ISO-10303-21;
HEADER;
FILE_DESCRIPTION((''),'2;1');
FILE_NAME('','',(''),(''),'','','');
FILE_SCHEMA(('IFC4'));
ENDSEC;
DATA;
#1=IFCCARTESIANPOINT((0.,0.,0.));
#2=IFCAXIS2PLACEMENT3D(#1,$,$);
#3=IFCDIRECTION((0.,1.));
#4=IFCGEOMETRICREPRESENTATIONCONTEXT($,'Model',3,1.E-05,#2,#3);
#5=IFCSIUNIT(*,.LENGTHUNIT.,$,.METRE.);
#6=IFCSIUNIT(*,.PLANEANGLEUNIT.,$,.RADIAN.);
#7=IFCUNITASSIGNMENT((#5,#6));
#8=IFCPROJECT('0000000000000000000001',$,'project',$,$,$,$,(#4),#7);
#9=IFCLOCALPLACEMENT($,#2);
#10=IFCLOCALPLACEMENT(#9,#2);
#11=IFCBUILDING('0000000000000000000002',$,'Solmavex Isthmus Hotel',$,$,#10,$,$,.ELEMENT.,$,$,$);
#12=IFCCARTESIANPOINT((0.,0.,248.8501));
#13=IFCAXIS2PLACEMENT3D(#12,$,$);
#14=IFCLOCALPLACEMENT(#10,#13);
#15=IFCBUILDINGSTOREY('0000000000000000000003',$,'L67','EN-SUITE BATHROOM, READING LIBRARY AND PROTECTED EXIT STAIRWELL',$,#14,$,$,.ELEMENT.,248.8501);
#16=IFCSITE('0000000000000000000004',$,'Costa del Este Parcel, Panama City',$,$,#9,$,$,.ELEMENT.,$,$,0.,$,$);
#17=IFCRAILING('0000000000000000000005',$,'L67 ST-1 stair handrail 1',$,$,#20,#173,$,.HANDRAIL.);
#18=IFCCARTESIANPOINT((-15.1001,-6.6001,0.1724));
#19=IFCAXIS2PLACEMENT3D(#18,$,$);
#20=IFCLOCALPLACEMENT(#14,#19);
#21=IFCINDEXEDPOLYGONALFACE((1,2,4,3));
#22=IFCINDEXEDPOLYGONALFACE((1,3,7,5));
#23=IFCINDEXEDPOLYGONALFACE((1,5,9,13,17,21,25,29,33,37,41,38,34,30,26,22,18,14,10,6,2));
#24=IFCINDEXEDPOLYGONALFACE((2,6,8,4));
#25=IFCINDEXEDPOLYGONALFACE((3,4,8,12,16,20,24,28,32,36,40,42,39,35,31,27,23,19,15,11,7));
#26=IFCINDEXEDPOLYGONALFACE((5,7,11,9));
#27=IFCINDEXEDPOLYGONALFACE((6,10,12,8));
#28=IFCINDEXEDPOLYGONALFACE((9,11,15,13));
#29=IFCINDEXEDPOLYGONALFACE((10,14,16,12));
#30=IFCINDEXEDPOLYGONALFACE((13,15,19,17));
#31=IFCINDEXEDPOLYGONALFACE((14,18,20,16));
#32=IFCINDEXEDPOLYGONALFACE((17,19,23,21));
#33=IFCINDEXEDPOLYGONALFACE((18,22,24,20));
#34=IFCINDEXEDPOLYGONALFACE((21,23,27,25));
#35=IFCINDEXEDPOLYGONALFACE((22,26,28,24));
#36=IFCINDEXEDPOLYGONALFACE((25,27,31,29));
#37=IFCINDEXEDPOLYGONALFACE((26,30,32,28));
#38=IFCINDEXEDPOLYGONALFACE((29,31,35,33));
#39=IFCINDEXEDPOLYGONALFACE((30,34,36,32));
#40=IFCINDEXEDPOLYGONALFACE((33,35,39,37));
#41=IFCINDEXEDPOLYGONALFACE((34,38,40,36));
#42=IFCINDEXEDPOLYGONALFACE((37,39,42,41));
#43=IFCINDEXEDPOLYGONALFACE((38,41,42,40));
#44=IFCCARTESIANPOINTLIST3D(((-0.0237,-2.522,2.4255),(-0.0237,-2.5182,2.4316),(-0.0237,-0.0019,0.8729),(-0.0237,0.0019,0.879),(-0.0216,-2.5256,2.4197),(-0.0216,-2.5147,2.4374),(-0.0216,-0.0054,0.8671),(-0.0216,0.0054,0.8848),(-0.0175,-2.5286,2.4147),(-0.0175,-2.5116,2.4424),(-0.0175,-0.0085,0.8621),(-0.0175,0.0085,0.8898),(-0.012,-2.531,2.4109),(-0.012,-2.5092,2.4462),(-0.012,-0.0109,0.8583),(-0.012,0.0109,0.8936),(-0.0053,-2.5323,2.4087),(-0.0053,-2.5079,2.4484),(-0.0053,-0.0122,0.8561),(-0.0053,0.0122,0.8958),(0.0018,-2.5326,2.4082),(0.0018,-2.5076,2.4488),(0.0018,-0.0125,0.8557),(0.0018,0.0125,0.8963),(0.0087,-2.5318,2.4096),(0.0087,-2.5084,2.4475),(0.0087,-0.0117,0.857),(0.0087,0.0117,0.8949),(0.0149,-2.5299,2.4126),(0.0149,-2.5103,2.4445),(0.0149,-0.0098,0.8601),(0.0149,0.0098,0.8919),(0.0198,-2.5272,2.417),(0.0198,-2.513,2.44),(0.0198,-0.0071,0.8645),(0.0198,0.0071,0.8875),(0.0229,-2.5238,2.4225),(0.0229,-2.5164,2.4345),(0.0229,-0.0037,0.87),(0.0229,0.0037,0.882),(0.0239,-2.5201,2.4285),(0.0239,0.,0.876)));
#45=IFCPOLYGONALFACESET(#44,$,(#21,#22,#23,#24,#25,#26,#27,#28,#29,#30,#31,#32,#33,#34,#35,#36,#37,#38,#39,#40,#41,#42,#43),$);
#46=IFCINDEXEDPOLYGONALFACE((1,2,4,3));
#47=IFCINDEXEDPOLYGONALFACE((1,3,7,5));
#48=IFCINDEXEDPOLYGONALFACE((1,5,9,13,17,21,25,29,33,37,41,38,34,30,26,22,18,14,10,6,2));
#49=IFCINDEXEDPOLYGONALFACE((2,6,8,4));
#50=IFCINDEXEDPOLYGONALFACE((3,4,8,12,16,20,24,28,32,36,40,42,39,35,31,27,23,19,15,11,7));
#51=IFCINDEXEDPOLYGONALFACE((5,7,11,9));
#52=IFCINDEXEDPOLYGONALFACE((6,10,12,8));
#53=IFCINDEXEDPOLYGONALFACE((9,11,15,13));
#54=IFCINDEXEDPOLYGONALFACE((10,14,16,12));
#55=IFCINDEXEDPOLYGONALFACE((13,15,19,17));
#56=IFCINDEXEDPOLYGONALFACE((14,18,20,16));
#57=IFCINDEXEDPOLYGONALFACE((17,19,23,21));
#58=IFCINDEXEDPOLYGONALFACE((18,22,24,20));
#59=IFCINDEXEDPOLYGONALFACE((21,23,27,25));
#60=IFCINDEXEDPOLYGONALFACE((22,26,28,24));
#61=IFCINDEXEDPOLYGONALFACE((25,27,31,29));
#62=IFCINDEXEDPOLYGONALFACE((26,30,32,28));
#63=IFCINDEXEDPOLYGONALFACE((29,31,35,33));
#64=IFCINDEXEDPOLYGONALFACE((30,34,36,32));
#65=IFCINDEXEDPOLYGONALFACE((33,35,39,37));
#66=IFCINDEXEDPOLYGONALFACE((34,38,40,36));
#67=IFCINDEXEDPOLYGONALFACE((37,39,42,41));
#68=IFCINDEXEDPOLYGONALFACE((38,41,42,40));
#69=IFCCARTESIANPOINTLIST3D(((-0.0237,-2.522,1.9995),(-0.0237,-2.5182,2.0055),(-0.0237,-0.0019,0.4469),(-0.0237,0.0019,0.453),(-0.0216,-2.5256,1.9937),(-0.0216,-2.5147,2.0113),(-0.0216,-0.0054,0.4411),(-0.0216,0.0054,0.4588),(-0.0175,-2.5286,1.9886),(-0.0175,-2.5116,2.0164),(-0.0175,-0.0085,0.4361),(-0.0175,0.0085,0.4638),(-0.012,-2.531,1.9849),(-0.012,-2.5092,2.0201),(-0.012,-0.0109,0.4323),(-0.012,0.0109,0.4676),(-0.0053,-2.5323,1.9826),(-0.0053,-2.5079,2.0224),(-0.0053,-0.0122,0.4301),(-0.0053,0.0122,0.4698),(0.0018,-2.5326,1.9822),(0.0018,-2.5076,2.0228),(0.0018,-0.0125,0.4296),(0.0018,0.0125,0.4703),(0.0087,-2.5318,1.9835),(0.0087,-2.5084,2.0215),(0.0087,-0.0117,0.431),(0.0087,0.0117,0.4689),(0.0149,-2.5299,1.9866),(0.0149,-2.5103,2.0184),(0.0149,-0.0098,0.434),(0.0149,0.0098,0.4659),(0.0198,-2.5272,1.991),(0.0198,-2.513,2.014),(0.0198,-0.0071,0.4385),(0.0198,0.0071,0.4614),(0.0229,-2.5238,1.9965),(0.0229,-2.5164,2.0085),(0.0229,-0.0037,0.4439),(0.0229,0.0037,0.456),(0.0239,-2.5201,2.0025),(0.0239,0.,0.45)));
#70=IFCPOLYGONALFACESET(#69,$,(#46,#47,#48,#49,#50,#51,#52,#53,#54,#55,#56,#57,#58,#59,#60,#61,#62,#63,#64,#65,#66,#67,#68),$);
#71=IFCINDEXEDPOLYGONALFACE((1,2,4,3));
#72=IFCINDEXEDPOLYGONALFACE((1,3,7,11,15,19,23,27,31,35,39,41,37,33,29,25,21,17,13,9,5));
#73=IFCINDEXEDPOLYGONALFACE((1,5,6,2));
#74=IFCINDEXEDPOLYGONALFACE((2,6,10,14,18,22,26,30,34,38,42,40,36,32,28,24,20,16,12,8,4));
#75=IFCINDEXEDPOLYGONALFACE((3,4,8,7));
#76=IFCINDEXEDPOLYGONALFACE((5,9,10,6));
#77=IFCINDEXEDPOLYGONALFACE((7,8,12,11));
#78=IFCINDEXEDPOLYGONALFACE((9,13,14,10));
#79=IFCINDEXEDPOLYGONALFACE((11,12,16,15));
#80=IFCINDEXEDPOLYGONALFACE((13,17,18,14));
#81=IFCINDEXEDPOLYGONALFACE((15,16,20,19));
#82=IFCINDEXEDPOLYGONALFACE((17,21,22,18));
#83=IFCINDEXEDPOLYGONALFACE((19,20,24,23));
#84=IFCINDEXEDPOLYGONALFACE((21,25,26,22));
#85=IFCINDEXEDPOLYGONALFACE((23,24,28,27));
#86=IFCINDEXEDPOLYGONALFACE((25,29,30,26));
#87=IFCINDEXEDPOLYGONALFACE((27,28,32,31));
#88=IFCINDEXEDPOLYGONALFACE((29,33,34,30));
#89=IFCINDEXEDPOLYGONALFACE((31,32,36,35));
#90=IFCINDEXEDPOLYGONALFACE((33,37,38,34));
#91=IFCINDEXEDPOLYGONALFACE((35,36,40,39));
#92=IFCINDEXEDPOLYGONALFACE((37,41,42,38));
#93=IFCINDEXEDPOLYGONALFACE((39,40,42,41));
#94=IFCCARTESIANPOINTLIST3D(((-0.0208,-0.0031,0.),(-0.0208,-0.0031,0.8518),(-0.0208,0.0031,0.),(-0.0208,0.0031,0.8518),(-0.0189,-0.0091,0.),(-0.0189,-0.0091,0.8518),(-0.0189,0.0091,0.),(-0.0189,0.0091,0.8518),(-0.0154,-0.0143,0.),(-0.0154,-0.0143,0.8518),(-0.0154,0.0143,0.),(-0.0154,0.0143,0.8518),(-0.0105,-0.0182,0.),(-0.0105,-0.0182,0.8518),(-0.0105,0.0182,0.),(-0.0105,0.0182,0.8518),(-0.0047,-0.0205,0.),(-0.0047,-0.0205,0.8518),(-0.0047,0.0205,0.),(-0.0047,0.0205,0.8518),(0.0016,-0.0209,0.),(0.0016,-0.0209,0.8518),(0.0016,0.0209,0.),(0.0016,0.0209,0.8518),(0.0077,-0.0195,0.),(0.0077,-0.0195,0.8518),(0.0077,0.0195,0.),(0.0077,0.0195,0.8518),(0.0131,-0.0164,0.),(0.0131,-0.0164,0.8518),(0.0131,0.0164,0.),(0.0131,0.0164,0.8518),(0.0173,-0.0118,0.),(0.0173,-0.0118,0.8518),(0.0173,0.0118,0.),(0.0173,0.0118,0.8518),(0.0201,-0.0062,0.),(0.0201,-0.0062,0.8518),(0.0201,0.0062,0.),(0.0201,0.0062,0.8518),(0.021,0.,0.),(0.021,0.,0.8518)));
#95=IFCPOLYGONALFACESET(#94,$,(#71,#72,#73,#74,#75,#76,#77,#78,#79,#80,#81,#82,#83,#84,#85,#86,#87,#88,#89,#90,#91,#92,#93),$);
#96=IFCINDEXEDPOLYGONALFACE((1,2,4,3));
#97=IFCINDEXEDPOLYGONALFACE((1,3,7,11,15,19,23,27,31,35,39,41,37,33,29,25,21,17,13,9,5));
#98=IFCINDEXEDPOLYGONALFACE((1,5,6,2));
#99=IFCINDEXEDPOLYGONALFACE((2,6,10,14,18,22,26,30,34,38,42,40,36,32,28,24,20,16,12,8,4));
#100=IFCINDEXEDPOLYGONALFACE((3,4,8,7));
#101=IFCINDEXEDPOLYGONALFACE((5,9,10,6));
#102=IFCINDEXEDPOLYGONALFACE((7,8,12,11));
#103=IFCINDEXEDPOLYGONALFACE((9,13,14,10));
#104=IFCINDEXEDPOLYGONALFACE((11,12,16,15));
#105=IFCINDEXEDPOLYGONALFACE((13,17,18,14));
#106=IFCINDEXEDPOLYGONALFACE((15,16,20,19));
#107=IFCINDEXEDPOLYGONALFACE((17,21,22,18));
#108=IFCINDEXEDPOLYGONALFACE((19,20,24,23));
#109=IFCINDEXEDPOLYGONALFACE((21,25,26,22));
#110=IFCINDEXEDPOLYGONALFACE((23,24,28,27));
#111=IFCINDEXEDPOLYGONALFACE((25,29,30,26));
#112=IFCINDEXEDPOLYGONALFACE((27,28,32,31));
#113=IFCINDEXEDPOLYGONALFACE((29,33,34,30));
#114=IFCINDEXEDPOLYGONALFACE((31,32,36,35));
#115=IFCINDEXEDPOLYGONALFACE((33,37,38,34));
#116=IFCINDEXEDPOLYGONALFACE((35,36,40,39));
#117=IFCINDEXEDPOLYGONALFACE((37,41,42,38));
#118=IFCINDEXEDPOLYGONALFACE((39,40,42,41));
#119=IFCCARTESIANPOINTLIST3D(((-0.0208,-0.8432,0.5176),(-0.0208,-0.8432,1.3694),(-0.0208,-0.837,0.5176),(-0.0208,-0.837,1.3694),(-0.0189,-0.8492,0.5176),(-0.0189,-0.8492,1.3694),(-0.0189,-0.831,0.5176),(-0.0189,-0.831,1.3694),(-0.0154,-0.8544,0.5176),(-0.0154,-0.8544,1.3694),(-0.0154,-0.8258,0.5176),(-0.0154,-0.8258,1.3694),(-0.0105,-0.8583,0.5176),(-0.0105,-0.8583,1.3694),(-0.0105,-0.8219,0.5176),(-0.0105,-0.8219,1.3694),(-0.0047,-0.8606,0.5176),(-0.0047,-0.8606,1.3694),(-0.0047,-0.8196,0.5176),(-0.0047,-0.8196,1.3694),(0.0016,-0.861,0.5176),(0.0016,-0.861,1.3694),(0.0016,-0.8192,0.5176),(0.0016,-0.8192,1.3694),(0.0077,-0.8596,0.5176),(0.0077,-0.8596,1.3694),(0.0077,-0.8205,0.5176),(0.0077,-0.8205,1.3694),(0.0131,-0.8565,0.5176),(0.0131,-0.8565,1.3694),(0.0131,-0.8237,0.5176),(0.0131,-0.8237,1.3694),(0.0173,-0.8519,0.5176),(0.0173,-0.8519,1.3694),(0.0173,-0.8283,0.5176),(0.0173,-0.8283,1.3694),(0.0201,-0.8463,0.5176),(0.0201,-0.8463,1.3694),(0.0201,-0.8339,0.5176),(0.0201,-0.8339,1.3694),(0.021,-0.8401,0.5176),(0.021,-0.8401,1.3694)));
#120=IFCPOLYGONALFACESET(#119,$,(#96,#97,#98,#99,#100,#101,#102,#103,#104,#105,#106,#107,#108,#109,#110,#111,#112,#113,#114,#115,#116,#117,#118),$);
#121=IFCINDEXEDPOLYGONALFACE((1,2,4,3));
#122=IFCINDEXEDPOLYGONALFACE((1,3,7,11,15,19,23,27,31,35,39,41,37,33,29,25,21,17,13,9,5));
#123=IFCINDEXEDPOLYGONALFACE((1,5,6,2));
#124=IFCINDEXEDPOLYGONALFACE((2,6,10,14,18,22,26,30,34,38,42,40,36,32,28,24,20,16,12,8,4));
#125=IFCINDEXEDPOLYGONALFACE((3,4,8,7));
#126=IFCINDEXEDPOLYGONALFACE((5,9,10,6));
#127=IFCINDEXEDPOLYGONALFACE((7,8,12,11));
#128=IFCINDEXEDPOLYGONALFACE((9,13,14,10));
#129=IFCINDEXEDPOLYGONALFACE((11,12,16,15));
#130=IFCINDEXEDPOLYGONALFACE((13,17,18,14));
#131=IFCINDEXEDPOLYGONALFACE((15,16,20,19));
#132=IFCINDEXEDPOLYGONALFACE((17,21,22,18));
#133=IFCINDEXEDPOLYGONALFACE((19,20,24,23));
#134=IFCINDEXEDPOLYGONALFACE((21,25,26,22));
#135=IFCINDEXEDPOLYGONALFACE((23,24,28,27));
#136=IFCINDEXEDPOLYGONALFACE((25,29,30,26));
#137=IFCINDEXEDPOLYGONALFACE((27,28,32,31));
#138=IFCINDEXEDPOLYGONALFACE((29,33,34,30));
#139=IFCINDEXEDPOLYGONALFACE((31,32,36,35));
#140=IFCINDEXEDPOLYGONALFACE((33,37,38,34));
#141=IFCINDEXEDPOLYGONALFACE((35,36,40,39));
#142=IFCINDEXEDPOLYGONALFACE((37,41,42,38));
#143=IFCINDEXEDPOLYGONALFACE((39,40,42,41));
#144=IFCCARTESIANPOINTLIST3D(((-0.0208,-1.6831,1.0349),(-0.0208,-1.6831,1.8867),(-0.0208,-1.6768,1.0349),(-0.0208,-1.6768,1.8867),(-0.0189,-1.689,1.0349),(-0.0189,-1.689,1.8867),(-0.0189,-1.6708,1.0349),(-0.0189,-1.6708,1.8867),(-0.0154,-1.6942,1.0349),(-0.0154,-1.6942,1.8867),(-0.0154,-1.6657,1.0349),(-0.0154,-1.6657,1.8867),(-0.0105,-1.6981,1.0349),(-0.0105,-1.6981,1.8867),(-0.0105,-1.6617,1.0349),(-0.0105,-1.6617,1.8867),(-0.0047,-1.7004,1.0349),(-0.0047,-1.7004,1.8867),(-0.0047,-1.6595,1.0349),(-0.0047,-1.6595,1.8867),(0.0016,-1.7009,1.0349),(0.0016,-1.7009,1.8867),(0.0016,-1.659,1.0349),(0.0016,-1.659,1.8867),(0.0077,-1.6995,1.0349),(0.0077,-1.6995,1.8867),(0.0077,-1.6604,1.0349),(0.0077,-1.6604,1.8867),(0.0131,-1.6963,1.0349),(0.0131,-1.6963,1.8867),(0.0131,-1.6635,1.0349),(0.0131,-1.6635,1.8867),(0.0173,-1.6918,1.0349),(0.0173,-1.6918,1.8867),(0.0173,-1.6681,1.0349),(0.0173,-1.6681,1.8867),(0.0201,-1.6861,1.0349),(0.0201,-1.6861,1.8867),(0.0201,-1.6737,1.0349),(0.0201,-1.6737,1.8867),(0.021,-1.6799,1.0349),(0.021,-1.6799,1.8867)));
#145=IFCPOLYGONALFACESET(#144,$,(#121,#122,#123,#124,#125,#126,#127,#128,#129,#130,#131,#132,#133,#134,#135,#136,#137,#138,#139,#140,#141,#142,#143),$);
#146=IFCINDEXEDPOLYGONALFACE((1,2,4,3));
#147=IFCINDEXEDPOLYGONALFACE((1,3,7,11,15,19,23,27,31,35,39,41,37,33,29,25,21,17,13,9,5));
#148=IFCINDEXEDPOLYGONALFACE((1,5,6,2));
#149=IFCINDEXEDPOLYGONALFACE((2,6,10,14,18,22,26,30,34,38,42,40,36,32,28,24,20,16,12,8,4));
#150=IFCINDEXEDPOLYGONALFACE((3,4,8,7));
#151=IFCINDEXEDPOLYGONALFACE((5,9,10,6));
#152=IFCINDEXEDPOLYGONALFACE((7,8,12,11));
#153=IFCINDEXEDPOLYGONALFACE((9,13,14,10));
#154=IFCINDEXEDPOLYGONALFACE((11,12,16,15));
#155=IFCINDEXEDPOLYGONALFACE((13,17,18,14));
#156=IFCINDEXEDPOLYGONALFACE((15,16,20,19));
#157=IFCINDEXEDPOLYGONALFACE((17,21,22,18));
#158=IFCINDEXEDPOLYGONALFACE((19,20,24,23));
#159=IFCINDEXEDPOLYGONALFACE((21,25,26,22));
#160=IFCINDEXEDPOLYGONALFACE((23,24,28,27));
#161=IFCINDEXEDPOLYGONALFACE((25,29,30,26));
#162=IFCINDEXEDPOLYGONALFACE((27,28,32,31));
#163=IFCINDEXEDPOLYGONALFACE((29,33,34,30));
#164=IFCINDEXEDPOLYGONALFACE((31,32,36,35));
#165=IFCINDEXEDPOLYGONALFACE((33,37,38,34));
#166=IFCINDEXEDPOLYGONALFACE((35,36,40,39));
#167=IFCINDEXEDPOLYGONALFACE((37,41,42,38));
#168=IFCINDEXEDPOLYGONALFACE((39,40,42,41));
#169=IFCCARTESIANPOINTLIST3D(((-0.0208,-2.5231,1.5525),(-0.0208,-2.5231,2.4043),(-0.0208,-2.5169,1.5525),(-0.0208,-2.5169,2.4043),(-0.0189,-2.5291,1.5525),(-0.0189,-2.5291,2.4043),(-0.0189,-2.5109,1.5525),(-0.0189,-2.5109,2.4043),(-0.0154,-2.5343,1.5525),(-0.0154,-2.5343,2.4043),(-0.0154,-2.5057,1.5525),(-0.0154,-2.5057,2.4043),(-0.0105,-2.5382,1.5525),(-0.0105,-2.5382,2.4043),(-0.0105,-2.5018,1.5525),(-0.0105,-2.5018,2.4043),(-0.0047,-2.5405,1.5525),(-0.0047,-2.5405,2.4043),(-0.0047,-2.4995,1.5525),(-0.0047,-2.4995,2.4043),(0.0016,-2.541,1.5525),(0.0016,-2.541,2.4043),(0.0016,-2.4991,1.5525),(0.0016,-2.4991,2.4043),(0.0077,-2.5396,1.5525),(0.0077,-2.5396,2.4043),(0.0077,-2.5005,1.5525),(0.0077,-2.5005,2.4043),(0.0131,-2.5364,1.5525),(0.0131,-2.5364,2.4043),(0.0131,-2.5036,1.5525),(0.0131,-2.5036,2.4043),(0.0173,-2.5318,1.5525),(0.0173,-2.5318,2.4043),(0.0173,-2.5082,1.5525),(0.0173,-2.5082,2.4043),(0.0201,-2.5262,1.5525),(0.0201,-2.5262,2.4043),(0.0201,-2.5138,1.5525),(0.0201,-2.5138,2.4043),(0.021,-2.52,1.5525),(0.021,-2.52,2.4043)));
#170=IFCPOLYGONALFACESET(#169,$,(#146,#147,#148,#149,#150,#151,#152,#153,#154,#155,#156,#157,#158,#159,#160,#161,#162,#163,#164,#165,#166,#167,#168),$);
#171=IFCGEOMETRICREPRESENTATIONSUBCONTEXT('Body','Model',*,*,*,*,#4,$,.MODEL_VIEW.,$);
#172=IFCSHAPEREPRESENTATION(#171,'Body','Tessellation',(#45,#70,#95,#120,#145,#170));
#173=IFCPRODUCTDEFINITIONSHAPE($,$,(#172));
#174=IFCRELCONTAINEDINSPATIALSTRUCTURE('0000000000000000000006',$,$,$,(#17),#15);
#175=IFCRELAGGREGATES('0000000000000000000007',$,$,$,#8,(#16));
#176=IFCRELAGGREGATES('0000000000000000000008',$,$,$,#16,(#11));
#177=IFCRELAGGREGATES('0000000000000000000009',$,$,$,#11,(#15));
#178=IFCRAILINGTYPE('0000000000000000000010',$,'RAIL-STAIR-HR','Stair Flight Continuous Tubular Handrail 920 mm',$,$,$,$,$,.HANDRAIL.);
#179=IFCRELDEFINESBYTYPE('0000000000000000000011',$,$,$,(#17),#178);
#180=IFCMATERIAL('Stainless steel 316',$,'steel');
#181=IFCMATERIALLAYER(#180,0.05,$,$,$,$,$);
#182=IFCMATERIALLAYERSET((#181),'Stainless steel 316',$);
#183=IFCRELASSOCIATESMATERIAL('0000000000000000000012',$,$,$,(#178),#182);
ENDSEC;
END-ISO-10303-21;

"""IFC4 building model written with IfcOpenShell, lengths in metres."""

from ifc_helpers import new_model, si_unit, direction, frame, origin, origin_2d, place, context, subcontext, project, spatial, circle, extrude, material, layer, layer_set, type_object, element, save


model = new_model("IFC4")

# Units and contexts
model_context = context("Model", 3, precision=1e-05, world=origin(), true_north=direction((0.0, 1.0)))
body_context = subcontext(model_context, "Body", "Model", "MODEL_VIEW")
ifc_project = project(units=[si_unit("LENGTHUNIT", "METRE"), si_unit("PLANEANGLEUNIT", "RADIAN")], contexts=[model_context])

# Site, building, storey
site_placement = place(None, origin())
site = spatial("IfcSite", under=ifc_project, at=site_placement, Name="Costa del Este Parcel, Panama City", CompositionType="ELEMENT", RefElevation=0.0)
building_placement = place(site_placement, origin())
building = spatial("IfcBuilding", under=site, at=building_placement, Name="Solmavex Isthmus Hotel", CompositionType="ELEMENT")
storey_placement = place(building_placement, frame((0.0, 0.0, 248.8501)))
storey = spatial("IfcBuildingStorey", under=building, at=storey_placement, Name="L67", Description="EN-SUITE BATHROOM, READING LIBRARY AND PROTECTED EXIT STAIRWELL", CompositionType="ELEMENT", Elevation=248.8501)

# Railing
ifc_material_1 = material(Name="Stainless steel 316", Category="steel")
ifc_layer_1 = layer(ifc_material_1, 0.05)
ifc_layer_set_1 = layer_set([ifc_layer_1], Name="Stainless steel 316")
railing_type_1 = type_object("IfcRailingType", Name="RAIL-STAIR-HR", Description="Stair Flight Continuous Tubular Handrail 920 mm", PredefinedType="HANDRAIL", material=ifc_layer_set_1)
railing_1_placement = place(storey_placement, frame((-15.1001, -6.6001, 0.1724)))
element("IfcRailing", 1, at=railing_1_placement, inside=storey, type_object=railing_type_1, Name="L67 ST-1 stair handrail 1", PredefinedType="HANDRAIL", context=body_context, shape_type="SweptSolid", body=[
    extrude(circle(Radius=0.0239, at=origin_2d()), frame((0.0, 0.0, 0.876), z_axis=(0.0, -0.8514, 0.524516), x_axis=(1.0, 0.0, 0.0)), (0.0, 0.0, 1.0), 2.96),
    extrude(circle(Radius=0.0239, at=origin_2d()), frame((0.0, 0.0, 0.45), z_axis=(0.0, -0.8514, 0.524516), x_axis=(1.0, 0.0, 0.0)), (0.0, 0.0, 1.0), 2.96),
    extrude(circle(Radius=0.021, at=origin_2d()), origin(), (0.0, 0.0, 1.0), 0.8518),
    extrude(circle(Radius=0.021, at=origin_2d()), frame((0.0, -0.8401, 0.5176)), (0.0, 0.0, 1.0), 0.8518),
    extrude(circle(Radius=0.021, at=origin_2d()), frame((0.0, -1.6799, 1.0349)), (0.0, 0.0, 1.0), 0.8518),
    extrude(circle(Radius=0.021, at=origin_2d()), frame((0.0, -2.52, 1.5525)), (0.0, 0.0, 1.0), 0.8518),
])

save(model, "model.ifc")
